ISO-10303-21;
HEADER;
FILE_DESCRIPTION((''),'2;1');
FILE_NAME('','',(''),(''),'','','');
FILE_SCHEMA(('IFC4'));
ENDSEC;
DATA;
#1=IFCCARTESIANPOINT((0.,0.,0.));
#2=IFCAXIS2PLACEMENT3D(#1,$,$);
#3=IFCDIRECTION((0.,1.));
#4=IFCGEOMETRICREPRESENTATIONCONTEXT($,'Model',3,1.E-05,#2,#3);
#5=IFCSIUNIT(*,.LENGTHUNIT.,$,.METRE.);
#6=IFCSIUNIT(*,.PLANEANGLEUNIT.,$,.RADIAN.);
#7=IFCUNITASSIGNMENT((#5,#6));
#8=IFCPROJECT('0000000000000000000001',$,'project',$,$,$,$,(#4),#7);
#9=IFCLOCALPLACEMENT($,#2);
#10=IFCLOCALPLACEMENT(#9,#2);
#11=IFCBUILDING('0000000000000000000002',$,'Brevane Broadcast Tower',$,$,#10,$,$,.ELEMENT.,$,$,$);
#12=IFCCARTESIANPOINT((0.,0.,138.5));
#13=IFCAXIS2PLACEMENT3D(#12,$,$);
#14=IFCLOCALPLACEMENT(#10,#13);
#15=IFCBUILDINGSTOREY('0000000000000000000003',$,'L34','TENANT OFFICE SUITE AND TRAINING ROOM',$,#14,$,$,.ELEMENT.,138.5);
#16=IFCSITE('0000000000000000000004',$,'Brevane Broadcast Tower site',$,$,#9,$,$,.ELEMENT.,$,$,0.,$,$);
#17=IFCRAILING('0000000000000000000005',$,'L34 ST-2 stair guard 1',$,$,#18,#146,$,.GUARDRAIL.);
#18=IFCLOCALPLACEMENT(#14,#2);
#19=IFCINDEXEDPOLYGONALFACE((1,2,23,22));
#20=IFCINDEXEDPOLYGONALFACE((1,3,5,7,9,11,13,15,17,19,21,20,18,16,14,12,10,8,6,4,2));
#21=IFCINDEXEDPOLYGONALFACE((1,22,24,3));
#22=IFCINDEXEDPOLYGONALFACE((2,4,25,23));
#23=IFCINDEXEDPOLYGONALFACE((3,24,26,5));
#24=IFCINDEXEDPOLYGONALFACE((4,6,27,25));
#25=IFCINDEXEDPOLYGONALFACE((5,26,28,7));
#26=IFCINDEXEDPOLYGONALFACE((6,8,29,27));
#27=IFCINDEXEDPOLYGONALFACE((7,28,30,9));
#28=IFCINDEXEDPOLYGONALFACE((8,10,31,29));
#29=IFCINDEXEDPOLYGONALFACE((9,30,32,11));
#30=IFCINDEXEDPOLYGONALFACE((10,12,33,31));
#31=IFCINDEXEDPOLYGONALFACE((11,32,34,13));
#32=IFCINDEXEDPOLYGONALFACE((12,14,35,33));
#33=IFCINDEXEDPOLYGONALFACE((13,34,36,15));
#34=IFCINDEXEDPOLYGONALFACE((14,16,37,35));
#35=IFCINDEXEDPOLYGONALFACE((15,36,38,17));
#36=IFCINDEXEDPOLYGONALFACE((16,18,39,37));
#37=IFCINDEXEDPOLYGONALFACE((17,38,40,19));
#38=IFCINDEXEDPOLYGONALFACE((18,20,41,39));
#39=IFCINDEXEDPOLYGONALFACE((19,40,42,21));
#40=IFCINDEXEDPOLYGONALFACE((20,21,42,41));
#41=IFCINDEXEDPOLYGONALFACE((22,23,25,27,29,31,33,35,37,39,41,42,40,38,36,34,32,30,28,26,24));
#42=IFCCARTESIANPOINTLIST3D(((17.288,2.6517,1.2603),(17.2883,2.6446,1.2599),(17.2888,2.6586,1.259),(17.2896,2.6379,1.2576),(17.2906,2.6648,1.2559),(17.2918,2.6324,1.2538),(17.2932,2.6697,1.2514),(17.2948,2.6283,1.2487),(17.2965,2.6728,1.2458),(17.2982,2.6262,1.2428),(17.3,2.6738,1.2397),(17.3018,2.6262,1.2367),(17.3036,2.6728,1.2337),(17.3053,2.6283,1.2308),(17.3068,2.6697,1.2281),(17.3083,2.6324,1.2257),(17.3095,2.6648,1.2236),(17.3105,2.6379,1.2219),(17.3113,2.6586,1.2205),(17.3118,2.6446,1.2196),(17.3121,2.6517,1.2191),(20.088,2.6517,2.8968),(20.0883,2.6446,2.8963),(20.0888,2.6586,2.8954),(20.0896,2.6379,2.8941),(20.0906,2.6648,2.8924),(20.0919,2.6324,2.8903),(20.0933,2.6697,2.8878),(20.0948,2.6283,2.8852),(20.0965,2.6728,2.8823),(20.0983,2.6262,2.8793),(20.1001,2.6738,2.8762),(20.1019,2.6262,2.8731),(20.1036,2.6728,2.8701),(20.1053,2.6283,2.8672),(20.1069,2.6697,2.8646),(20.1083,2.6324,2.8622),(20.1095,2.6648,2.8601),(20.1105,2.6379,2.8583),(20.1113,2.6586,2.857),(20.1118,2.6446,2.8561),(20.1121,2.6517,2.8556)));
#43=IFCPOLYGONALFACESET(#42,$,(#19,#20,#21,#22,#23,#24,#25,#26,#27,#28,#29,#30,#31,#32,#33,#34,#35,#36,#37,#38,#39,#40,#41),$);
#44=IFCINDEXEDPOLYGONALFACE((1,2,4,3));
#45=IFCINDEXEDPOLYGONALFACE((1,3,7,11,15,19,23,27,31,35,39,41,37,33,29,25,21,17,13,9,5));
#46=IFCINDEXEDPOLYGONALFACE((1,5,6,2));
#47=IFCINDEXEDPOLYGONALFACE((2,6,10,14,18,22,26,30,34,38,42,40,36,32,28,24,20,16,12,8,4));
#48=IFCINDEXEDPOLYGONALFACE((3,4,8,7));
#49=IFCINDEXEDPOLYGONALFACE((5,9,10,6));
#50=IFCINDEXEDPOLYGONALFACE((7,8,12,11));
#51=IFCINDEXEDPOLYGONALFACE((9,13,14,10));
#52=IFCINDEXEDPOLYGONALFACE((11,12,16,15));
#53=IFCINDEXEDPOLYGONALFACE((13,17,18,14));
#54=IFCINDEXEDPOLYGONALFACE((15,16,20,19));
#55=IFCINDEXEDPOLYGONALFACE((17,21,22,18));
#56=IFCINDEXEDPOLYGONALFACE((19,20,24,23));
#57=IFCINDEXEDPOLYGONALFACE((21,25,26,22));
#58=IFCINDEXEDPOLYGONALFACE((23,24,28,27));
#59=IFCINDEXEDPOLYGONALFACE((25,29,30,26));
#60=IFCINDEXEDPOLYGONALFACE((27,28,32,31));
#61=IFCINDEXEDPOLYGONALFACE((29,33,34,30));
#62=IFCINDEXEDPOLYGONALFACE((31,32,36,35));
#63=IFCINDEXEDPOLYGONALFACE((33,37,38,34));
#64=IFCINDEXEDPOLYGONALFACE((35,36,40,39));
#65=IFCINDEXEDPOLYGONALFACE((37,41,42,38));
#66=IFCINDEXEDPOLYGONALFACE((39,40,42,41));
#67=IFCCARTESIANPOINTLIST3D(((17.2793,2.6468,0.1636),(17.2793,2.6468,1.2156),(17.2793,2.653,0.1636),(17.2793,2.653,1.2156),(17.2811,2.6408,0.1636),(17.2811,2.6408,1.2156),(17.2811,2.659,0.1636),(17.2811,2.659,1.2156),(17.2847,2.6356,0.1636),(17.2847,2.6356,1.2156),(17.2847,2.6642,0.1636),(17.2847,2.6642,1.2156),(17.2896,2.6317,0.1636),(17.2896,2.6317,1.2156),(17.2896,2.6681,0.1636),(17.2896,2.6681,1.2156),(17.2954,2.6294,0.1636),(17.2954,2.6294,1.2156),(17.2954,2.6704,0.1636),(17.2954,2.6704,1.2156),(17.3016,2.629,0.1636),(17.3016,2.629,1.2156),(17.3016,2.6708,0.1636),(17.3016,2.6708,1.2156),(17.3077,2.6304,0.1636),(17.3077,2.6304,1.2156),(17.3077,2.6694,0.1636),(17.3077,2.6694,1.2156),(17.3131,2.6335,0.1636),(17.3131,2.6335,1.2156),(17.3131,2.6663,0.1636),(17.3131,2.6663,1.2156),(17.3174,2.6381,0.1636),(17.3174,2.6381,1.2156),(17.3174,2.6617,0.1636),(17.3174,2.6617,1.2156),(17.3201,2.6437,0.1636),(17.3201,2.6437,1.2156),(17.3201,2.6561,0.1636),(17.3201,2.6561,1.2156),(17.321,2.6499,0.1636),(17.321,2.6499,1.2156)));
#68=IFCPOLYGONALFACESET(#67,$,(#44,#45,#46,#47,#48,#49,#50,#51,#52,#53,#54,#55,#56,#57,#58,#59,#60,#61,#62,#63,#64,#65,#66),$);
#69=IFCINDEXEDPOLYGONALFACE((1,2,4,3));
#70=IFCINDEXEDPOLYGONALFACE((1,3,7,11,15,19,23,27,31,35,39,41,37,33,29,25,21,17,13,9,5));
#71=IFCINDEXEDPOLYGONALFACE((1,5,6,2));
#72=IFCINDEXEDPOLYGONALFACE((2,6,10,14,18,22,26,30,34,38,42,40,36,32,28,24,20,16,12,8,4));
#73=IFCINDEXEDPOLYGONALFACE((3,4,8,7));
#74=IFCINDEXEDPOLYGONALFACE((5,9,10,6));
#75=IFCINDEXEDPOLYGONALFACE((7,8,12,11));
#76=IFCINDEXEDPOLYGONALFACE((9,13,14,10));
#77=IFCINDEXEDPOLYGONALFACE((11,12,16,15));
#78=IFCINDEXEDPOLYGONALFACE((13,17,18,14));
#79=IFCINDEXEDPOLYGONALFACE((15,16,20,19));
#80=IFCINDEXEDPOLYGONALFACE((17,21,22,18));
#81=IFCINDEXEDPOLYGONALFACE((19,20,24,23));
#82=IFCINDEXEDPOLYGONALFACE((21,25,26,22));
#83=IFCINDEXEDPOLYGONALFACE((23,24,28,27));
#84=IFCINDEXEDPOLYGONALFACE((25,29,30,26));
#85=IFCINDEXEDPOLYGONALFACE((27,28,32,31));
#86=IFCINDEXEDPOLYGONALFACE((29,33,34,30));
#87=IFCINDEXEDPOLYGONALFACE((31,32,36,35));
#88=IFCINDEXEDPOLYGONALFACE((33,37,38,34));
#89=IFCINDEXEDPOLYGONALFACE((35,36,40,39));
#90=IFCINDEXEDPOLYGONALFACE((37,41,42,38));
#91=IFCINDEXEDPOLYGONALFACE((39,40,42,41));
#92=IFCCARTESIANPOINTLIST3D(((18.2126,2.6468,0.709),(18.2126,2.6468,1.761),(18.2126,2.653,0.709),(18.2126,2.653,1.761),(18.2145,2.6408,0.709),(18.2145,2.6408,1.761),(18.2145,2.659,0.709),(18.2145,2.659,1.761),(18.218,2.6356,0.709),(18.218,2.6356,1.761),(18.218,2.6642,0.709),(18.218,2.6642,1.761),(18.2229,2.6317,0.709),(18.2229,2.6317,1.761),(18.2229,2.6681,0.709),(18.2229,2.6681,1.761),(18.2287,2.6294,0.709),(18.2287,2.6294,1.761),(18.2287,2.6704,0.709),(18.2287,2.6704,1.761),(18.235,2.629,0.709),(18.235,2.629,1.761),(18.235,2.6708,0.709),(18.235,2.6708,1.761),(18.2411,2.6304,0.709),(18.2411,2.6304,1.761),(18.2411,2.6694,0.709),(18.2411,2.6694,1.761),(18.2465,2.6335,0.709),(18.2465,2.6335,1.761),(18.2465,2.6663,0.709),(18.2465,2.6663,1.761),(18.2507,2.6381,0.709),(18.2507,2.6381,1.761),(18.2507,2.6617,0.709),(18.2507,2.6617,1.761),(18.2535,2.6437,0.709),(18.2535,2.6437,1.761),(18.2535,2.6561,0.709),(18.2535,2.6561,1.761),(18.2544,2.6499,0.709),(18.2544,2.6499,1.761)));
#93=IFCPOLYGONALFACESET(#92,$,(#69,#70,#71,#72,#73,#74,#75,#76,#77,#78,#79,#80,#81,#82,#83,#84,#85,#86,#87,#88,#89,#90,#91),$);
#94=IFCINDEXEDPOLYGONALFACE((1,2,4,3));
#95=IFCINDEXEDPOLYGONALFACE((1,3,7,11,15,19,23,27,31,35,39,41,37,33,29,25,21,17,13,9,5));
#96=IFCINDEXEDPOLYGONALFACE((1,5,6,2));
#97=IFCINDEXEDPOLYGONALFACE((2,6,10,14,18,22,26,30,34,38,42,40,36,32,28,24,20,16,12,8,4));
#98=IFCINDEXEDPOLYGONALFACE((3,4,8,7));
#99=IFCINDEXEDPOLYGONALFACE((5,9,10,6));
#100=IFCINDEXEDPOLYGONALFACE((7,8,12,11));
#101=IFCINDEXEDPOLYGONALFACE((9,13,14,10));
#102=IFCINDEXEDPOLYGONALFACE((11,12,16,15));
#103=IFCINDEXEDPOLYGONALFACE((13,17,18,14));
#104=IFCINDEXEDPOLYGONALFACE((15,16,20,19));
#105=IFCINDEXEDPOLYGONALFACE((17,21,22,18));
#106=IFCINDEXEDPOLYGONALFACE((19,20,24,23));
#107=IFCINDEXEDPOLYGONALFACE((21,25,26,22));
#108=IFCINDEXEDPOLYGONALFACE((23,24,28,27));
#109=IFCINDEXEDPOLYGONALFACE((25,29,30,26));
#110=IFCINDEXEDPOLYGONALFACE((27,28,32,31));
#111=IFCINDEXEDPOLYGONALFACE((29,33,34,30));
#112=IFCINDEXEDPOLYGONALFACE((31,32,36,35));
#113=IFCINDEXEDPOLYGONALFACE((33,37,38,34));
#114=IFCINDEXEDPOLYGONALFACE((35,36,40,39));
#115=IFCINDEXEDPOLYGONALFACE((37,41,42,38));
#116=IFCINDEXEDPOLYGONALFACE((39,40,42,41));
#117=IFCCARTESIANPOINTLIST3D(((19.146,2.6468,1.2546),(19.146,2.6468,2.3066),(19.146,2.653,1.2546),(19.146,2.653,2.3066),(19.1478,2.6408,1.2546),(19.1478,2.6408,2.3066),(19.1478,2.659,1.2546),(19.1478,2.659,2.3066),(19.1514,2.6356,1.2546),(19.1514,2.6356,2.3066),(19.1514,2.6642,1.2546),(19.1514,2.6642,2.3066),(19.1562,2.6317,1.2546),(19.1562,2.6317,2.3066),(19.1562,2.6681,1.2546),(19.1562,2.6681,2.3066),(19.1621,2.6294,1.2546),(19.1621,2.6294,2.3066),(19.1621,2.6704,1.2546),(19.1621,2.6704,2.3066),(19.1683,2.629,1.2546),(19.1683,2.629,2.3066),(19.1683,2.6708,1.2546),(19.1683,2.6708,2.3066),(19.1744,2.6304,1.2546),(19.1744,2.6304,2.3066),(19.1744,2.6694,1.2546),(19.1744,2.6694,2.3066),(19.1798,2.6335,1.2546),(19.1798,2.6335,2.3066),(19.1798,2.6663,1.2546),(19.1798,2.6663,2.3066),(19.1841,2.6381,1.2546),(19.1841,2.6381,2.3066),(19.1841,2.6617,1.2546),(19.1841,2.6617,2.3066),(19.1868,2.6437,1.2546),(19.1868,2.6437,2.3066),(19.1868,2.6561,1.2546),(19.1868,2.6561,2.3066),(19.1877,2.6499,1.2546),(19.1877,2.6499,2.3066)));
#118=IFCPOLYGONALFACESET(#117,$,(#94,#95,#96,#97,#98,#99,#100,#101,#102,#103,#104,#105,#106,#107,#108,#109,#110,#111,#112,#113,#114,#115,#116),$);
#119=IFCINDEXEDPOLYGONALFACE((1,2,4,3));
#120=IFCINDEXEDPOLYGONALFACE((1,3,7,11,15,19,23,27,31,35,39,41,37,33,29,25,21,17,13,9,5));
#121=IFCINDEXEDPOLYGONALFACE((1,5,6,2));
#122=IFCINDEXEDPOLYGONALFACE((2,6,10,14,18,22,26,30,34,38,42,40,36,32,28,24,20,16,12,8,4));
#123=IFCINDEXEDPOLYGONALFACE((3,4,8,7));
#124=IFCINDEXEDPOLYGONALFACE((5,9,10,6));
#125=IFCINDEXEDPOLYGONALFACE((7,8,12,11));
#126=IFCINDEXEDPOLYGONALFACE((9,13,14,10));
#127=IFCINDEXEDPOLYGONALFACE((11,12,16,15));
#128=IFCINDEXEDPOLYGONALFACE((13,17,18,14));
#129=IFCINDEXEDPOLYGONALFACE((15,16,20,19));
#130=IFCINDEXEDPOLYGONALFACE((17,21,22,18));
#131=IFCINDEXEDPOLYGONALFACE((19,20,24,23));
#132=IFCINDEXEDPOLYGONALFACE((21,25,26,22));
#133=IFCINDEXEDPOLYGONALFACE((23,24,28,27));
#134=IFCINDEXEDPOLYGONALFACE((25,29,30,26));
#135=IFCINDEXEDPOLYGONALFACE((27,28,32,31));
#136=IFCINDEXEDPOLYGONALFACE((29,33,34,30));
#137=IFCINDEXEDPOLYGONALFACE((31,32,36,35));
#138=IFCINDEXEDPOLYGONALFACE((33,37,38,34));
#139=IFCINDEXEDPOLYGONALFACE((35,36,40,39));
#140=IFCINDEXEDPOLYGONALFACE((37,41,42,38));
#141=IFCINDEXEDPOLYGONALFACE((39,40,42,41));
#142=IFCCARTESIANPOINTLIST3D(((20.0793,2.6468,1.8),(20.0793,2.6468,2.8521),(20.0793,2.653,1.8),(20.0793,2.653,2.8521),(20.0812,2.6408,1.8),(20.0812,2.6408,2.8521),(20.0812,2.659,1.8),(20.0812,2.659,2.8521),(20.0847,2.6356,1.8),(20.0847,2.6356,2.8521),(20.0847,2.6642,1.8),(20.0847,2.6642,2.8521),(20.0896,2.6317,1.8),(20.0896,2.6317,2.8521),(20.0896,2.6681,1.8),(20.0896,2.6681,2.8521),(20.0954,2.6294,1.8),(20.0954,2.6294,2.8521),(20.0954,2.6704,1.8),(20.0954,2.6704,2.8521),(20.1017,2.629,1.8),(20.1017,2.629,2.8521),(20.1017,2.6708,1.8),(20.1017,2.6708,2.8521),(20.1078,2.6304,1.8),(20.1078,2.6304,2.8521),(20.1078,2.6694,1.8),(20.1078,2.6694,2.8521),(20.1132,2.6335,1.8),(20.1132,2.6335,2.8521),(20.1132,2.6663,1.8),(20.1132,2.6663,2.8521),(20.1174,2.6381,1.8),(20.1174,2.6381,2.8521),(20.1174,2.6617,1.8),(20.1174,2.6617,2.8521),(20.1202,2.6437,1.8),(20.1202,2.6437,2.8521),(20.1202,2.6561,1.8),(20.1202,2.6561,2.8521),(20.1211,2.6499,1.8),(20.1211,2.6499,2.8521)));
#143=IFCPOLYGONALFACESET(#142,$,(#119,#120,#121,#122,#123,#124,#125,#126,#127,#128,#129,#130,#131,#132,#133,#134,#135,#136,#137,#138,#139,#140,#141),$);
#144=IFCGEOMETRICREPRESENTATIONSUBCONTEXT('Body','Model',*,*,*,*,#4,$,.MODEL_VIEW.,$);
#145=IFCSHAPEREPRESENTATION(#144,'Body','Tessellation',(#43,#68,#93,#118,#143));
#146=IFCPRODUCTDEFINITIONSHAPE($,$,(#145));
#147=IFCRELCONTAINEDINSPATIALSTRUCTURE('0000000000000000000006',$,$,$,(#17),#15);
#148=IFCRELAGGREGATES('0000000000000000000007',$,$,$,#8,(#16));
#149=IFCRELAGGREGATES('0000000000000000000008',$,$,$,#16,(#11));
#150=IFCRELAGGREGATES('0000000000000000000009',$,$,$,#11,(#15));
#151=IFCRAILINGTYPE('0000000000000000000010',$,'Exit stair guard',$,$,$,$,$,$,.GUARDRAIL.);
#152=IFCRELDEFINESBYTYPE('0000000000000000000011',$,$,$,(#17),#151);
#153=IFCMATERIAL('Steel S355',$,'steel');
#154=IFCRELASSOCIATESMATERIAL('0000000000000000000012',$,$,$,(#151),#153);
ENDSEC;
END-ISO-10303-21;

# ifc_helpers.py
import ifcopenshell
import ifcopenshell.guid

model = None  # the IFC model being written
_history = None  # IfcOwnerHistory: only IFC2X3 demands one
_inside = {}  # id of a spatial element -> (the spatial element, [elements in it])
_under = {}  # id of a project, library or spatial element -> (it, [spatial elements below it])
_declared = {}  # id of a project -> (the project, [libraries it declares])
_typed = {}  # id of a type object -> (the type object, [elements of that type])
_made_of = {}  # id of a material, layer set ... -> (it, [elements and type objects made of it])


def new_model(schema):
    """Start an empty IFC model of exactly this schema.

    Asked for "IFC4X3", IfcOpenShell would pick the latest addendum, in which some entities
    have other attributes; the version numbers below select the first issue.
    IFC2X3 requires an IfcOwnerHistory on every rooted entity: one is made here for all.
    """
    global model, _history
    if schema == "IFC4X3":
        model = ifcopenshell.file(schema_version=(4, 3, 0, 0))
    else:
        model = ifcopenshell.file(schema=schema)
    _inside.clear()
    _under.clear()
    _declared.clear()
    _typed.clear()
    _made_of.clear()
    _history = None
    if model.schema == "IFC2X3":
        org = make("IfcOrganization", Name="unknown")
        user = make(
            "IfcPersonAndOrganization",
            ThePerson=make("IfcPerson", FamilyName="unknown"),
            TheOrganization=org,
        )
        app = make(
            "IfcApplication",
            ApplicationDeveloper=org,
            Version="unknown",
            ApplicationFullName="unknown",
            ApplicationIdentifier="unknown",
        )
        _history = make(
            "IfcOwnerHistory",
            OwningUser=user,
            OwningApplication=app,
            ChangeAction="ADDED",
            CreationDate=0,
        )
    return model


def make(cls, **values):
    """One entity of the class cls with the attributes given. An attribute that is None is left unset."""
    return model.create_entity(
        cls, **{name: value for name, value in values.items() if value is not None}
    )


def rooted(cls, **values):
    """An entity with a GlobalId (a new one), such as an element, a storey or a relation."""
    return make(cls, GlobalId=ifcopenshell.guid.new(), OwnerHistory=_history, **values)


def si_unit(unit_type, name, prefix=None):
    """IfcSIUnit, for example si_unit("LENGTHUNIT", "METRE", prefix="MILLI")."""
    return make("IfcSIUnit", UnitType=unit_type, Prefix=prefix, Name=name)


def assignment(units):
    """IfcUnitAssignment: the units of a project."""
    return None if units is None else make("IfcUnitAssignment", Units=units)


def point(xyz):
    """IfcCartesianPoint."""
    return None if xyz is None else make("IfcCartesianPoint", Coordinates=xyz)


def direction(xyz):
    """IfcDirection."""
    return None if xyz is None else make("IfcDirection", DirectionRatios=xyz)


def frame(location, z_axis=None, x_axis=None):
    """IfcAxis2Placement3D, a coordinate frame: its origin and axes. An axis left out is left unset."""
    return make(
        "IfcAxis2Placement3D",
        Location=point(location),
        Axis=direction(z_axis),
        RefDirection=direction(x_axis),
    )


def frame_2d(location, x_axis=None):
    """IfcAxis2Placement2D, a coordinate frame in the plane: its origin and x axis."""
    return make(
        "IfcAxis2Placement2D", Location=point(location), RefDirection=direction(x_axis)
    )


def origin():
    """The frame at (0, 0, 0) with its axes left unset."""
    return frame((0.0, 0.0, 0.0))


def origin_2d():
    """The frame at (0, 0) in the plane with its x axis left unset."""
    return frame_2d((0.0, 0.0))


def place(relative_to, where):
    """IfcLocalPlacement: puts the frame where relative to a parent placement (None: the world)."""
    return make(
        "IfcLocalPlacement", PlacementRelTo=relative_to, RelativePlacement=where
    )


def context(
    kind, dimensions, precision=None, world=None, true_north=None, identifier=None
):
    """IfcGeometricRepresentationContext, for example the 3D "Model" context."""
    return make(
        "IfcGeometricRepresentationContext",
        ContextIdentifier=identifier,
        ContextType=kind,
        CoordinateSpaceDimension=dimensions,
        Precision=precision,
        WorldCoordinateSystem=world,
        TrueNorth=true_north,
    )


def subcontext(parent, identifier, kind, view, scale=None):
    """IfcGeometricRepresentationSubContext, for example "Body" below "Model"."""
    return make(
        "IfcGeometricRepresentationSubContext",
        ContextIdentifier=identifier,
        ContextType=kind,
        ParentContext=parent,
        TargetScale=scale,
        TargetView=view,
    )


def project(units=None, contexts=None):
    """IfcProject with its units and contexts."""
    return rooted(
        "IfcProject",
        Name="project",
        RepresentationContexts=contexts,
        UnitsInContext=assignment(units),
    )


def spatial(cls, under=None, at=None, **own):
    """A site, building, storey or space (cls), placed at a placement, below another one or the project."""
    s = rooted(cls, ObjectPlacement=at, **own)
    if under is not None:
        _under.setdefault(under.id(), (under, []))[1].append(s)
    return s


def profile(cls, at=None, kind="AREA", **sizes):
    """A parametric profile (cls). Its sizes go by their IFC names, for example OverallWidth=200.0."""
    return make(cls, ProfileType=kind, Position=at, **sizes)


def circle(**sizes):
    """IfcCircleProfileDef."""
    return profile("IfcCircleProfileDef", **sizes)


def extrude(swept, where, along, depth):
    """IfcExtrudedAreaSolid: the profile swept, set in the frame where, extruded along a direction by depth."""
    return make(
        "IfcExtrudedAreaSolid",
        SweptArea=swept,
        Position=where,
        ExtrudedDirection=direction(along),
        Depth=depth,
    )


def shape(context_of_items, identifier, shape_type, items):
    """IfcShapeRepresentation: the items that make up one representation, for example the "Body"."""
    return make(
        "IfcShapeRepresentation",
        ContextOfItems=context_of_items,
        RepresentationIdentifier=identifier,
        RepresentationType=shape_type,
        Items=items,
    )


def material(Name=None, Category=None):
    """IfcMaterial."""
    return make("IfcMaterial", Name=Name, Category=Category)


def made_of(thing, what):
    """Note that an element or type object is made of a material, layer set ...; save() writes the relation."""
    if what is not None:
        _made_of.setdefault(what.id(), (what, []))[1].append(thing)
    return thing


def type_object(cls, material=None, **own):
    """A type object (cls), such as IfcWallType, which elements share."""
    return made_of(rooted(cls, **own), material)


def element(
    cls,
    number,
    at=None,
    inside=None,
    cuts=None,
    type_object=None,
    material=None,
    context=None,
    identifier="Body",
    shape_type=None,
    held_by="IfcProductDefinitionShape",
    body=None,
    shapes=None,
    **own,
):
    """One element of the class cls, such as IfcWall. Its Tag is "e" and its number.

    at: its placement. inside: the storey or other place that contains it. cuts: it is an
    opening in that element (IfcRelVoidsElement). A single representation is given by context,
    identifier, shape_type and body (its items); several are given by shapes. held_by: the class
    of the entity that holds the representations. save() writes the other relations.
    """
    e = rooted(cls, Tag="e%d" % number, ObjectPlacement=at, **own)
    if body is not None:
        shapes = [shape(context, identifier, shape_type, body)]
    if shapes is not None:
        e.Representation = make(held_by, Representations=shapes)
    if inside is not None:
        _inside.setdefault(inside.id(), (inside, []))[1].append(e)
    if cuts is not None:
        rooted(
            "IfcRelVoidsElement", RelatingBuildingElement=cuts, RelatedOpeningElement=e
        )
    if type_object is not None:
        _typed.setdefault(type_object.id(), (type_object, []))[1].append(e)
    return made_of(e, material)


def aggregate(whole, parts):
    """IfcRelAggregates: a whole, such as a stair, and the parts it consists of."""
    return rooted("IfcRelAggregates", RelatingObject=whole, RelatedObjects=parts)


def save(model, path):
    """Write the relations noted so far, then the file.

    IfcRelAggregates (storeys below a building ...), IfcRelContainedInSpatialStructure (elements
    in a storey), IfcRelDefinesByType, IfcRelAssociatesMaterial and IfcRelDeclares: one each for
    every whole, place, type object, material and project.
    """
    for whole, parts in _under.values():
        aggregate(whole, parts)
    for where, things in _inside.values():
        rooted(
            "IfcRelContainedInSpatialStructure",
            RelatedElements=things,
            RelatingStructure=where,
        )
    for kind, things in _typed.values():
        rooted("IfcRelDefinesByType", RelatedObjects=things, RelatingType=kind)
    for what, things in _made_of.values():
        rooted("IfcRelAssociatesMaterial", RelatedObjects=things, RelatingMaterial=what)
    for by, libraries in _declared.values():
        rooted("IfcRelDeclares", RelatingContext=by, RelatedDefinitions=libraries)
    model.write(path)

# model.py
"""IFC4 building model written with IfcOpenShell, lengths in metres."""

from ifc_helpers import new_model, si_unit, direction, frame, origin, origin_2d, place, context, subcontext, project, spatial, circle, extrude, material, type_object, element, save


model = new_model("IFC4")

# Units and contexts
model_context = context("Model", 3, precision=1e-05, world=origin(), true_north=direction((0.0, 1.0)))
body_context = subcontext(model_context, "Body", "Model", "MODEL_VIEW")
ifc_project = project(units=[si_unit("LENGTHUNIT", "METRE"), si_unit("PLANEANGLEUNIT", "RADIAN")], contexts=[model_context])

# Site, building, storey
site_placement = place(None, origin())
site = spatial("IfcSite", under=ifc_project, at=site_placement, Name="Brevane Broadcast Tower site", CompositionType="ELEMENT", RefElevation=0.0)
building_placement = place(site_placement, origin())
building = spatial("IfcBuilding", under=site, at=building_placement, Name="Brevane Broadcast Tower", CompositionType="ELEMENT")
storey_placement = place(building_placement, frame((0.0, 0.0, 138.5)))
storey = spatial("IfcBuildingStorey", under=building, at=storey_placement, Name="L34", Description="TENANT OFFICE SUITE AND TRAINING ROOM", CompositionType="ELEMENT", Elevation=138.5)

# Railing
ifc_material_1 = material(Name="Steel S355", Category="steel")
railing_type_1 = type_object("IfcRailingType", Name="Exit stair guard", PredefinedType="GUARDRAIL", material=ifc_material_1)
railing_1_placement = place(storey_placement, frame((17.3, 2.6499, 0.1636)))
element("IfcRailing", 1, at=railing_1_placement, inside=storey, type_object=railing_type_1, Name="L34 ST-2 stair guard 1", PredefinedType="GUARDRAIL", context=body_context, shape_type="SweptSolid", body=[
    extrude(circle(Radius=0.0239, at=origin_2d()), frame((0.0, 0.0, 1.0762), z_axis=(0.863361, 0.0, 0.504587), x_axis=(0.0, 1.0, 0.0)), (0.0, 0.0, 1.0), 3.2432),
    extrude(circle(Radius=0.021, at=origin_2d()), origin(), (0.0, 0.0, 1.0), 1.052),
    extrude(circle(Radius=0.021, at=origin_2d()), frame((0.9333, 0.0, 0.5454)), (0.0, 0.0, 1.0), 1.052),
    extrude(circle(Radius=0.021, at=origin_2d()), frame((1.8667, 0.0, 1.0911)), (0.0, 0.0, 1.0), 1.052),
    extrude(circle(Radius=0.021, at=origin_2d()), frame((2.8, 0.0, 1.6365)), (0.0, 0.0, 1.0), 1.052),
])

save(model, "model.ifc")
